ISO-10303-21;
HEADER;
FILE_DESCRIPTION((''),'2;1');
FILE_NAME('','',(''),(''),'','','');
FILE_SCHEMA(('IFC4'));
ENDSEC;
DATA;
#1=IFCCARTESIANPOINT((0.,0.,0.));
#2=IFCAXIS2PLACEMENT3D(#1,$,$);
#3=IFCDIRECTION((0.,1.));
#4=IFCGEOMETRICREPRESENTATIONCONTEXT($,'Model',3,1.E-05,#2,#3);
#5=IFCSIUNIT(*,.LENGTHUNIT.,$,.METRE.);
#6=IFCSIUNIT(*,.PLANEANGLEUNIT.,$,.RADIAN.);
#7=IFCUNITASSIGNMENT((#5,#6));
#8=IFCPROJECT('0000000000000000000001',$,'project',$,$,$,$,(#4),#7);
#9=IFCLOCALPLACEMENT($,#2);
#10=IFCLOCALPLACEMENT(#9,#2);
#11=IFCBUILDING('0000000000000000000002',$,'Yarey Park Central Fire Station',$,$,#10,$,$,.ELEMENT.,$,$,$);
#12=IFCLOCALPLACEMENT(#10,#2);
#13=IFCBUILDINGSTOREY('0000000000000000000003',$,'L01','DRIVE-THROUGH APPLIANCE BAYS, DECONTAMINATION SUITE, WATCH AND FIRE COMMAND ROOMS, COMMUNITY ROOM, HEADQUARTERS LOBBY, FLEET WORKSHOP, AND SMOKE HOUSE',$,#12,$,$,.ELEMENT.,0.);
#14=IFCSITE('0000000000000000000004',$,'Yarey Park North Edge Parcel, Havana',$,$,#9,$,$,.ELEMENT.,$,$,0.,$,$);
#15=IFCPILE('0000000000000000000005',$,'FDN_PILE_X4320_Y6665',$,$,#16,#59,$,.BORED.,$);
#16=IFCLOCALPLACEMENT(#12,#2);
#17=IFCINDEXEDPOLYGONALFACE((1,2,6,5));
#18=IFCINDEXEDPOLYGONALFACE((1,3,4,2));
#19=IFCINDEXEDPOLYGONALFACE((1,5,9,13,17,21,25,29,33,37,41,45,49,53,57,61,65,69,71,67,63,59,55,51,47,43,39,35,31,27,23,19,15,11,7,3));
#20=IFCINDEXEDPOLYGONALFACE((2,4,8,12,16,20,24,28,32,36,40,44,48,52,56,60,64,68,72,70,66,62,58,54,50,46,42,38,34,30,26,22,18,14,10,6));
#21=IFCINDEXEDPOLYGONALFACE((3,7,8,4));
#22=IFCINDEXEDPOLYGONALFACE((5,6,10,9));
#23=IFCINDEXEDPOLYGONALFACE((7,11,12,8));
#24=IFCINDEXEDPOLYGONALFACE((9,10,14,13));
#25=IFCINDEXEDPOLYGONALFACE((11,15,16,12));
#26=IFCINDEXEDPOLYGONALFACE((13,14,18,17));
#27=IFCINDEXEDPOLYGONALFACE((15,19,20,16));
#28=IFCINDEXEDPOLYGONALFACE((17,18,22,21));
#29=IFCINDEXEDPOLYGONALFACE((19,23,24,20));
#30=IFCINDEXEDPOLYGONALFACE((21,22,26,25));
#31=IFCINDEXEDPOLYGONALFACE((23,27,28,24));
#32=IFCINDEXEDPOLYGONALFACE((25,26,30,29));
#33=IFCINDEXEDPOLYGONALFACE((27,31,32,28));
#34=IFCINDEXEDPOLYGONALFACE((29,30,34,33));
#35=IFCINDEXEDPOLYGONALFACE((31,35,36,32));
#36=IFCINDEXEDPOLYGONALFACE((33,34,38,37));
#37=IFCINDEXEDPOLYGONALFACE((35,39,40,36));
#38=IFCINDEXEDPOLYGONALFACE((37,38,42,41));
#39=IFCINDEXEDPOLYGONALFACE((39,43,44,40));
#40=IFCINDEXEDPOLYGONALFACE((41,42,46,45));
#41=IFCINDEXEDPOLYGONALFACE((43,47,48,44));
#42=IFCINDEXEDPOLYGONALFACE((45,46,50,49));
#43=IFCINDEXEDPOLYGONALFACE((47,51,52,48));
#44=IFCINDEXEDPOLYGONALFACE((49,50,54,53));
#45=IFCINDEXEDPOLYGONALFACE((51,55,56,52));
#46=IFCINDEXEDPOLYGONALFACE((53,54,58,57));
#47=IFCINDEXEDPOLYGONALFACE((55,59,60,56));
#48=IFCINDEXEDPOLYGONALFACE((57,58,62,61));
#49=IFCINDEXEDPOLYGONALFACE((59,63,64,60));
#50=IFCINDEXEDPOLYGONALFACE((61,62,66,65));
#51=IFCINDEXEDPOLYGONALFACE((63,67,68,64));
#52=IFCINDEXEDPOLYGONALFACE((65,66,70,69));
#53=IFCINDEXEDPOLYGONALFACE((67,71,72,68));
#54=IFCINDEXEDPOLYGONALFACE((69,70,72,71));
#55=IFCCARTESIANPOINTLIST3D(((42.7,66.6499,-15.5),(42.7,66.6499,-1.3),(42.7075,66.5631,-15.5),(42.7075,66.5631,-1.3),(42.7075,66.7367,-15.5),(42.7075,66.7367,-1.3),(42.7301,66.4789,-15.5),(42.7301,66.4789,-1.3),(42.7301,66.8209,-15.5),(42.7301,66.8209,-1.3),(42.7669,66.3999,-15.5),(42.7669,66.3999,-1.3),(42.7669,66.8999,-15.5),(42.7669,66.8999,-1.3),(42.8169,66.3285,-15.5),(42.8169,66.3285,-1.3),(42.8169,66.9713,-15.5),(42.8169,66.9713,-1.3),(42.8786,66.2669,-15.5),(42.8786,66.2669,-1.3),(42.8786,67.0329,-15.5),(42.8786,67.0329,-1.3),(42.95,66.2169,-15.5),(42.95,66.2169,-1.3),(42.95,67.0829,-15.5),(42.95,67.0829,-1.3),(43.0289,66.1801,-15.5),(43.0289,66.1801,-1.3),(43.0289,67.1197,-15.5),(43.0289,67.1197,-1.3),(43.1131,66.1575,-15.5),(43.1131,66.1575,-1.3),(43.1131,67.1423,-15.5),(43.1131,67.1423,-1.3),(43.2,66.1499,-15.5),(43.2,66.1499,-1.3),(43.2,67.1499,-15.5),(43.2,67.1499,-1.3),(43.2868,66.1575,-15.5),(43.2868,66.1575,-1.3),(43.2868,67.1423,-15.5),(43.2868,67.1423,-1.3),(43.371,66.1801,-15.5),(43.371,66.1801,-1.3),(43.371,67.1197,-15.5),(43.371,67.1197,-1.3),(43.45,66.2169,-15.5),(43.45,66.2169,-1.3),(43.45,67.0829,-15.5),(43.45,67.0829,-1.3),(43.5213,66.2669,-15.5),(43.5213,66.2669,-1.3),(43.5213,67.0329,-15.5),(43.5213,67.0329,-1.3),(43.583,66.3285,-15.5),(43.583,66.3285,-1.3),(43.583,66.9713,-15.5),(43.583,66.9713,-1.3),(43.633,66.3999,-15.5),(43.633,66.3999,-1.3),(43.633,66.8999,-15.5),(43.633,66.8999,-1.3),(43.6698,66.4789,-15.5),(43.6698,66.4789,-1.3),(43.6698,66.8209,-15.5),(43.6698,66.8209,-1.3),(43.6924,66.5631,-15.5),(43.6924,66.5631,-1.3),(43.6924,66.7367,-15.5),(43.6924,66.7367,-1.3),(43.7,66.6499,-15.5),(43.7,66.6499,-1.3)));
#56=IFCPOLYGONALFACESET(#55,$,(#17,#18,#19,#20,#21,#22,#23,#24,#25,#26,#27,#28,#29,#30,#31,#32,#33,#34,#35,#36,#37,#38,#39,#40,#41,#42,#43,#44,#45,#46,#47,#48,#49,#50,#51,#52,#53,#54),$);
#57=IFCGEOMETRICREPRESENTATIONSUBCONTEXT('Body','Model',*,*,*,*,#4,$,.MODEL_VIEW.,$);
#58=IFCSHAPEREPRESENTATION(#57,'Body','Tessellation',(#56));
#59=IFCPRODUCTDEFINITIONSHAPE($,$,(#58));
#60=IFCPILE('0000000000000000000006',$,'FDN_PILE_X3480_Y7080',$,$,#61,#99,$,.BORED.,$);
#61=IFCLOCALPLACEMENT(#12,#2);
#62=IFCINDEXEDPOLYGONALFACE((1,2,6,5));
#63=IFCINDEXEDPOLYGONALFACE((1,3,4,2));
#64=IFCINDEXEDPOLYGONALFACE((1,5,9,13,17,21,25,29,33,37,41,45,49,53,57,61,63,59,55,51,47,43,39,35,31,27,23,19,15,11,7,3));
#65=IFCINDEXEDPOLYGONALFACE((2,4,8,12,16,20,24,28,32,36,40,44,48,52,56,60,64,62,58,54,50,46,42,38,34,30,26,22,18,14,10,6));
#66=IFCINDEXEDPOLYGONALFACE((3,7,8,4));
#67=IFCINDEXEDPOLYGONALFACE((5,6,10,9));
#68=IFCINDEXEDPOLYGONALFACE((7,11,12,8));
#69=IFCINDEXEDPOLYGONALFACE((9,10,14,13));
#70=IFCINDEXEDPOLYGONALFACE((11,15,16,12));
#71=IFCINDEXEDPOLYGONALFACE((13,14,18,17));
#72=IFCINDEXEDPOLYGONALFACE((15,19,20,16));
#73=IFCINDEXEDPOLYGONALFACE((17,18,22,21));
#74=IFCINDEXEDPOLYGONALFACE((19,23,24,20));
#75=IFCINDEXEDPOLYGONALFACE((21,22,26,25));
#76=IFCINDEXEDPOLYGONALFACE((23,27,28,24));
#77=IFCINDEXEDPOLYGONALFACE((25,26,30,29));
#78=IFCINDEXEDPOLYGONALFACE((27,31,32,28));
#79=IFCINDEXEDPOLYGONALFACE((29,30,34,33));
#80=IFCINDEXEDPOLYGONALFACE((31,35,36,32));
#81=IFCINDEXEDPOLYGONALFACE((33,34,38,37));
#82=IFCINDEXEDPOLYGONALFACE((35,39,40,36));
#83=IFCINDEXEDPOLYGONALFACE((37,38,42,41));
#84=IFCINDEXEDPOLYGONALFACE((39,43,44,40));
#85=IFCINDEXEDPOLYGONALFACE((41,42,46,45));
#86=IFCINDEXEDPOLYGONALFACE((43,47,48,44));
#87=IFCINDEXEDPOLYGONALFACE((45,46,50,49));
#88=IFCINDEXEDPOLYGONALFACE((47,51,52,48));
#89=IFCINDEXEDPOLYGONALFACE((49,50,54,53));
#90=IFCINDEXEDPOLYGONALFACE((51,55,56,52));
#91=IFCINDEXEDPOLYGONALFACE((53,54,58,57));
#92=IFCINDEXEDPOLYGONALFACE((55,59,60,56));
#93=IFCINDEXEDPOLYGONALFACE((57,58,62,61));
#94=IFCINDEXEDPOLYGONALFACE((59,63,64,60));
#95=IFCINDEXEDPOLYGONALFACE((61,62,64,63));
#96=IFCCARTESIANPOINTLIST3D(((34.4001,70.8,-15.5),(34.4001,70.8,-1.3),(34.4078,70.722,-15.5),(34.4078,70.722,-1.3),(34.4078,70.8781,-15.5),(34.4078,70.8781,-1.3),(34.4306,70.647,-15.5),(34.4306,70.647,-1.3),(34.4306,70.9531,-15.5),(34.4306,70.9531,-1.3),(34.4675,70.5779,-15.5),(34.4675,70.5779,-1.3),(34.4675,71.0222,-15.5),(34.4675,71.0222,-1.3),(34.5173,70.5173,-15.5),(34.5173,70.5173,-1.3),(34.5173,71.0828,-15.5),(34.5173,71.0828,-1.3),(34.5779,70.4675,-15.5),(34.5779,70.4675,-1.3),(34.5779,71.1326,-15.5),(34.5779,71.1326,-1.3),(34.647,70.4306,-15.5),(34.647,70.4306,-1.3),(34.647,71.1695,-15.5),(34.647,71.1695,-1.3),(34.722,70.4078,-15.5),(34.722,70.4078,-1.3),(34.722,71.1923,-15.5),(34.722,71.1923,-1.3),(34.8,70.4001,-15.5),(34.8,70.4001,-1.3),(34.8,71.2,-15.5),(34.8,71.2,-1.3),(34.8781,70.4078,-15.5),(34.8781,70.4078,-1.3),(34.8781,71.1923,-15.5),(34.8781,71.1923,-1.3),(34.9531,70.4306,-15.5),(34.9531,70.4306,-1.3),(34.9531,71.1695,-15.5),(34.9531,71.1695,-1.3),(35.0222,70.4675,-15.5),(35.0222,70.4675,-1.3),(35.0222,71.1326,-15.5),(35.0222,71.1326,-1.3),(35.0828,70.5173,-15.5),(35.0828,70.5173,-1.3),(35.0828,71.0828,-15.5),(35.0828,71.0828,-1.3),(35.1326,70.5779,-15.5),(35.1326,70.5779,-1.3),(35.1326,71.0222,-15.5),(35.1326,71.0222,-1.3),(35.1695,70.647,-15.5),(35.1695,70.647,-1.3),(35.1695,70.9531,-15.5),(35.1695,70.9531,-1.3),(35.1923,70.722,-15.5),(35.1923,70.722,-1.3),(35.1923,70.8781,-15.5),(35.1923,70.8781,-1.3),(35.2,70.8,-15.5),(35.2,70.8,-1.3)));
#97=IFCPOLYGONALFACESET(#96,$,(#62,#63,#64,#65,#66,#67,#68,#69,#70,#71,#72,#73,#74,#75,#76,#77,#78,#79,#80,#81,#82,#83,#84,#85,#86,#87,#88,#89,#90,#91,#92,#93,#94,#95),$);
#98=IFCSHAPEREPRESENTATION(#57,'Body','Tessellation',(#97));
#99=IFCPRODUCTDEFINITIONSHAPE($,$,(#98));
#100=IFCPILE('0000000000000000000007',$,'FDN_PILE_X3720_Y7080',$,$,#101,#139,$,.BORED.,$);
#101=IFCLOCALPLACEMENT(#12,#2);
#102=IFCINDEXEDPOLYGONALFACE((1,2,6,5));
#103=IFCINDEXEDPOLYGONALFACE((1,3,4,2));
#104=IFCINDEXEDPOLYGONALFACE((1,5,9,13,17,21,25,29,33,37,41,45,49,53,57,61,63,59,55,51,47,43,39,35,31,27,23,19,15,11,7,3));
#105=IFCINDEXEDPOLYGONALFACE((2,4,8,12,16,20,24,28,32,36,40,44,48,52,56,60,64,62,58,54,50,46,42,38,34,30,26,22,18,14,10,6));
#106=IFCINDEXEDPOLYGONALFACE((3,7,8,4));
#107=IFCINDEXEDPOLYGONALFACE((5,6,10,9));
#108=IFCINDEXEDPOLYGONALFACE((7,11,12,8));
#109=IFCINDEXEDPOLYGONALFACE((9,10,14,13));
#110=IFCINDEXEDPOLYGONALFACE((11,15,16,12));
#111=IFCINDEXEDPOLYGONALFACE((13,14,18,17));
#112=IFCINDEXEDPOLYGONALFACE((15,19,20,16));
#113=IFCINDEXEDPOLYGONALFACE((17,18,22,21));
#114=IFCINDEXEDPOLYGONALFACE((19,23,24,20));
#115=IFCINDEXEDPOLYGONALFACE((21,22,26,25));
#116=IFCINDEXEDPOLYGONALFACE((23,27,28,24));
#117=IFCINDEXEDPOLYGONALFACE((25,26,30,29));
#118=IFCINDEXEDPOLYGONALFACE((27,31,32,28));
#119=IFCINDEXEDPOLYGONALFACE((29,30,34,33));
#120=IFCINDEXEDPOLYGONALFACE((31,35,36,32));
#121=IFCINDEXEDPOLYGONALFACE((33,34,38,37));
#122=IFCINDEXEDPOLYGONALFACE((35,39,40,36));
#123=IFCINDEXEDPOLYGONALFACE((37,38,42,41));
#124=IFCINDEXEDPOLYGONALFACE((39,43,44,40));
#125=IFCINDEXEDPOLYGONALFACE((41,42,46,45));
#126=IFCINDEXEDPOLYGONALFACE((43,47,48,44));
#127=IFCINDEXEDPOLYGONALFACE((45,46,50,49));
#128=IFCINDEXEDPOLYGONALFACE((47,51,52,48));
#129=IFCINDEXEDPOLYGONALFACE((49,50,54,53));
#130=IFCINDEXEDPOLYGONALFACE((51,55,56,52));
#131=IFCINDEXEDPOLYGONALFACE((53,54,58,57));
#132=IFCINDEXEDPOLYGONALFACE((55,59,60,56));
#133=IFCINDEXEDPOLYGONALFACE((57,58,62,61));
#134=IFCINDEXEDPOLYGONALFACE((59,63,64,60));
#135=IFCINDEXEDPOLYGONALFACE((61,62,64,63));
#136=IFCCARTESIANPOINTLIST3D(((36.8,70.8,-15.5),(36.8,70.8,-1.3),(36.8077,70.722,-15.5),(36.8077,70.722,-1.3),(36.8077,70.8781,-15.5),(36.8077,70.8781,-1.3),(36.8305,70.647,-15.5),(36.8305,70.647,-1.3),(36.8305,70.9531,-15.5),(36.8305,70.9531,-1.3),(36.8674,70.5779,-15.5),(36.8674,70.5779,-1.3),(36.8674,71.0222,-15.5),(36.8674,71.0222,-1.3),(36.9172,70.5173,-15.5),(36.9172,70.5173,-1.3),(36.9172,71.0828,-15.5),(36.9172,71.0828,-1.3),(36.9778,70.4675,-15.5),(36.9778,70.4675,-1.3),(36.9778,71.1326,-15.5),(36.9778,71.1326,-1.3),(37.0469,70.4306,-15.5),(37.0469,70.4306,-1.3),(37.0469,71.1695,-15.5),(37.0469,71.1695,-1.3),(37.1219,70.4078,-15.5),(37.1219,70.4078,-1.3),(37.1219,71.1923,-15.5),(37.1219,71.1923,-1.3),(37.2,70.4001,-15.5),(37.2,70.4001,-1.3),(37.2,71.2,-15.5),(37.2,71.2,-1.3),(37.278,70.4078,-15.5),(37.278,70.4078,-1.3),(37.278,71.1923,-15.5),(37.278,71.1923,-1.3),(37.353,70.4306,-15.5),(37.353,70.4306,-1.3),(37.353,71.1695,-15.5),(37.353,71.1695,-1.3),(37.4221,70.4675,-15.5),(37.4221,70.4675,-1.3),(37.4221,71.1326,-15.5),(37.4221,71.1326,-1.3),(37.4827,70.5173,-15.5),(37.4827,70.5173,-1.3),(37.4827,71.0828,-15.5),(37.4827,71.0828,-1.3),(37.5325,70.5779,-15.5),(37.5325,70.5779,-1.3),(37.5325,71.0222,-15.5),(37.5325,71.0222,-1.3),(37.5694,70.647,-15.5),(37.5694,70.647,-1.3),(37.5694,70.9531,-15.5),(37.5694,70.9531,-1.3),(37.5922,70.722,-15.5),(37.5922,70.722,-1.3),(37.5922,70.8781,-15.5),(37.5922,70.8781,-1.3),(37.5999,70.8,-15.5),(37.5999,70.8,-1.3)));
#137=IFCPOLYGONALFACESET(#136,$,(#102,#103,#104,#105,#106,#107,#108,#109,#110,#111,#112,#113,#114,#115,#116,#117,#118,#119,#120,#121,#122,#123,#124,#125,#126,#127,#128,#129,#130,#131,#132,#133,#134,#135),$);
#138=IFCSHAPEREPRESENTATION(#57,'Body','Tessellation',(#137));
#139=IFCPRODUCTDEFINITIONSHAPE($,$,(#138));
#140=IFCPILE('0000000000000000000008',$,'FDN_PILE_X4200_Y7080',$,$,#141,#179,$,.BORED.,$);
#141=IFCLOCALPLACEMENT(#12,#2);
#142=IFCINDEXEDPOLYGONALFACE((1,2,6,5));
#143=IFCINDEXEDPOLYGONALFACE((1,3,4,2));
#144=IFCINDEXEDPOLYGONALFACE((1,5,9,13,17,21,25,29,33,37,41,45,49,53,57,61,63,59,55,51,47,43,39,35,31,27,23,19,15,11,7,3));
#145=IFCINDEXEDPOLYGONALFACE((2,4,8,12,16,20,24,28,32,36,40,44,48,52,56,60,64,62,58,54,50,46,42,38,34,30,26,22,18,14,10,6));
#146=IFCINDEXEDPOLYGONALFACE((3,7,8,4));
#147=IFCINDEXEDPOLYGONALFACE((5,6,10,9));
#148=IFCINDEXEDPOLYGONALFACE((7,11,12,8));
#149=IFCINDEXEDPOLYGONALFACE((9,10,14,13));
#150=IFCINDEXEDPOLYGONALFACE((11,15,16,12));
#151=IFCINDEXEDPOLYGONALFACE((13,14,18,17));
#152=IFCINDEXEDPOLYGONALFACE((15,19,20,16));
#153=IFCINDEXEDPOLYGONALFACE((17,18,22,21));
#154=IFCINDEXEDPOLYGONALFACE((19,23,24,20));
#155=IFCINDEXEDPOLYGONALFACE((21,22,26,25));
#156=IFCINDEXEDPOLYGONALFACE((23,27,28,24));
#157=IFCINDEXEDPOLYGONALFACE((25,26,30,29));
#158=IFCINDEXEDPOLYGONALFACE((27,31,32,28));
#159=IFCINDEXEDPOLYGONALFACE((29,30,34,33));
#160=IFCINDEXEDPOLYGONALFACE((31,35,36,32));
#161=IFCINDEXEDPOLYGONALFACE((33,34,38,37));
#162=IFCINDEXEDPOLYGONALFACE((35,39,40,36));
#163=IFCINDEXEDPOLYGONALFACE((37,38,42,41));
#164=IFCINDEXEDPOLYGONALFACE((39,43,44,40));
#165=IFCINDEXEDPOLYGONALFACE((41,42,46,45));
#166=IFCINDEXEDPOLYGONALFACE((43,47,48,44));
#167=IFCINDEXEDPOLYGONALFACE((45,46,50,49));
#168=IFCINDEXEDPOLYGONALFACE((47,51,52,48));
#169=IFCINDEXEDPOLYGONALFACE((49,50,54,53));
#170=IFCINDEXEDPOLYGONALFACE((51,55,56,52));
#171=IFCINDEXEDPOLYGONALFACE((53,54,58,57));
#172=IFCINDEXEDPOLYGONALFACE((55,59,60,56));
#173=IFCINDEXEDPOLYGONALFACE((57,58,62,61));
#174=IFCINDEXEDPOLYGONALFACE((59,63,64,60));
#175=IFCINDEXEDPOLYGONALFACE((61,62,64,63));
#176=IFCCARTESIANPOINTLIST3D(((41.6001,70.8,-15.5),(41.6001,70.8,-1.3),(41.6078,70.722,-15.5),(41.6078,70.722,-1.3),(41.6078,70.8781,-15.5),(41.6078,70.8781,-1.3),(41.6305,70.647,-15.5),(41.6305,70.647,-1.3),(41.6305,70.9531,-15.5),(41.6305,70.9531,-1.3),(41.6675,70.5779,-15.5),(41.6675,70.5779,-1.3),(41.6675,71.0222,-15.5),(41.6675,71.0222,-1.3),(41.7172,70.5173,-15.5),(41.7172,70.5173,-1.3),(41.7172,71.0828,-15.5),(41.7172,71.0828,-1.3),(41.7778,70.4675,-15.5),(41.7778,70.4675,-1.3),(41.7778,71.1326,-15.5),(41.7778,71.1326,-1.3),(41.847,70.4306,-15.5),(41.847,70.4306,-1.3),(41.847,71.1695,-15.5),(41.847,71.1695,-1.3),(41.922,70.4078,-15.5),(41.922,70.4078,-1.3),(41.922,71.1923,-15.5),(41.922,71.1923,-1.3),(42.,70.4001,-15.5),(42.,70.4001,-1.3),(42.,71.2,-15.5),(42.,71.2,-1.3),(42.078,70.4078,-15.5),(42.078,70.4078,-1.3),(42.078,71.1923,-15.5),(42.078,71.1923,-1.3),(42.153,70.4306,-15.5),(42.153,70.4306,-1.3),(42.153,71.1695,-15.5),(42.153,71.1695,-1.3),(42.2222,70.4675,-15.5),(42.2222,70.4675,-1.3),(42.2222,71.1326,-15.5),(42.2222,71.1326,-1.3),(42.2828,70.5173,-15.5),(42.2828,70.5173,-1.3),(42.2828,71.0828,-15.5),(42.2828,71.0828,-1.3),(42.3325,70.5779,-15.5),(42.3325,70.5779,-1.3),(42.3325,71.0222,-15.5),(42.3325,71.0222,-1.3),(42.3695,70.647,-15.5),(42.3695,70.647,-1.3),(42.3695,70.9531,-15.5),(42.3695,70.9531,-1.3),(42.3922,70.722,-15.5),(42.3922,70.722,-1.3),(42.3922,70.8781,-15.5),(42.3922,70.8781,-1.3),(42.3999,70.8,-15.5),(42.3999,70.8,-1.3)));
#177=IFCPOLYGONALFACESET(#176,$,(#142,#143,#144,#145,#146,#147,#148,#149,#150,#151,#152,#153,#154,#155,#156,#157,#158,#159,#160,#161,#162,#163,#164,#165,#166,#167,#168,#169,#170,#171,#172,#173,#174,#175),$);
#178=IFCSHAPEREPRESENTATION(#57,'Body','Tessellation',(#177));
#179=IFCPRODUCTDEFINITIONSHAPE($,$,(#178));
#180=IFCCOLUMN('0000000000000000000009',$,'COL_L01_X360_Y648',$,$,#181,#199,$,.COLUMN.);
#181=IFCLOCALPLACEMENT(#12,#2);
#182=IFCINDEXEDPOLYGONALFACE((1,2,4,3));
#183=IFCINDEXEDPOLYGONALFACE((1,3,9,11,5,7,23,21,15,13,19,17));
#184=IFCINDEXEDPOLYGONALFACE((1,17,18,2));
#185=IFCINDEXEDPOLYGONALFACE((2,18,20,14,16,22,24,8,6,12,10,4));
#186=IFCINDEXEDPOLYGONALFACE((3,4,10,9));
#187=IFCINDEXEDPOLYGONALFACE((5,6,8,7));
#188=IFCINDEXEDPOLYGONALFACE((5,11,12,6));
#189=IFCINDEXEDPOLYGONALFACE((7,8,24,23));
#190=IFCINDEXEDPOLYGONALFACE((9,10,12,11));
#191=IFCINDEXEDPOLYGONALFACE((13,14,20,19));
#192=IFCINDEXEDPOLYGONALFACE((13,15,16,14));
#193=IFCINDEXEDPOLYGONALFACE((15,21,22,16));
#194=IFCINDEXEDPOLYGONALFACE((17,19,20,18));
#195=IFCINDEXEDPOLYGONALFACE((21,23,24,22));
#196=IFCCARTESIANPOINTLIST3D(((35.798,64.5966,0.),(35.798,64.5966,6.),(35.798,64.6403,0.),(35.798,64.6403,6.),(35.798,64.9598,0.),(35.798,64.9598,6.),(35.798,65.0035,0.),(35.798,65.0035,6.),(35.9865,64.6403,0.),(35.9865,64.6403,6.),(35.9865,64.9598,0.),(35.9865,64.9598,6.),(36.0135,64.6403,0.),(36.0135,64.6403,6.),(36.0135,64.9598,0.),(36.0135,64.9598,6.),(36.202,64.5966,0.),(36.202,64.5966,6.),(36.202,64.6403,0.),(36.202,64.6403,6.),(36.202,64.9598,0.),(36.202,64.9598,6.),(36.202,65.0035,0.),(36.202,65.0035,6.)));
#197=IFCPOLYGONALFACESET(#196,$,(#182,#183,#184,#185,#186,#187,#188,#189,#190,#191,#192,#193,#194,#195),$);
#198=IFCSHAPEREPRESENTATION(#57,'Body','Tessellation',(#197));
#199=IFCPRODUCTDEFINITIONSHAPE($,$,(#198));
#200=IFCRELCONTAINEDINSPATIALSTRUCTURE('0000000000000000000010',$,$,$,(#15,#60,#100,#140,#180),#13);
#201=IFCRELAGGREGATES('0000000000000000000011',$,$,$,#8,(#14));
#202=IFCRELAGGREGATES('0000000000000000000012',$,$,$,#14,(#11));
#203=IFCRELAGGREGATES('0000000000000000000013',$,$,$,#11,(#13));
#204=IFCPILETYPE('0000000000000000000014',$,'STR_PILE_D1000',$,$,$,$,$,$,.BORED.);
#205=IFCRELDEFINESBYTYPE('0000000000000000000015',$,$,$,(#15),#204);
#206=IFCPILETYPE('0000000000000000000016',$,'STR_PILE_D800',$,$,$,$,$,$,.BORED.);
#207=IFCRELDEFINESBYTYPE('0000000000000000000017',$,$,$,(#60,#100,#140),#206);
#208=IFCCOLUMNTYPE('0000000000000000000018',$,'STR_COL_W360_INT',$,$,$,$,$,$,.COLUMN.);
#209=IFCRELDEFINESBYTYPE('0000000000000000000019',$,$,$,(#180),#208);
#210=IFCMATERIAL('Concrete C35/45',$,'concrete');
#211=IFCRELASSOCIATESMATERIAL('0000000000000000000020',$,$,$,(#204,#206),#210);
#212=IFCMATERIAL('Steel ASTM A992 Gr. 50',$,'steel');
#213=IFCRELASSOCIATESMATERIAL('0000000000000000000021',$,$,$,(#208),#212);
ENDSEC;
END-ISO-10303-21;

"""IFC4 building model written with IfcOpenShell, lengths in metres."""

from ifc_helpers import new_model, si_unit, direction, frame, origin, origin_2d, place, context, subcontext, project, spatial, circle, i_section, extrude, material, material_profile, profile_set, type_object, element, save


model = new_model("IFC4")

# Units and contexts
model_context = context("Model", 3, precision=1e-05, world=origin(), true_north=direction((0.0, 1.0)))
body_context = subcontext(model_context, "Body", "Model", "MODEL_VIEW")
ifc_project = project(units=[si_unit("LENGTHUNIT", "METRE"), si_unit("PLANEANGLEUNIT", "RADIAN")], contexts=[model_context])

# Site, building, storey
site_placement = place(None, origin())
site = spatial("IfcSite", under=ifc_project, at=site_placement, Name="Yarey Park North Edge Parcel, Havana", CompositionType="ELEMENT", RefElevation=0.0)
building_placement = place(site_placement, origin())
building = spatial("IfcBuilding", under=site, at=building_placement, Name="Yarey Park Central Fire Station", CompositionType="ELEMENT")
storey_placement = place(building_placement, origin())
storey = spatial("IfcBuildingStorey", under=building, at=storey_placement, Name="L01", Description="DRIVE-THROUGH APPLIANCE BAYS, DECONTAMINATION SUITE, WATCH AND FIRE COMMAND ROOMS, COMMUNITY ROOM, HEADQUARTERS LOBBY, FLEET WORKSHOP, AND SMOKE HOUSE", CompositionType="ELEMENT", Elevation=0.0)

# Shared definitions
ifc_material_1 = material(Name="Concrete C35/45", Category="concrete")

# Piles
ifc_material_profile_1 = material_profile(ifc_material_1, circle(Radius=0.5, at=origin_2d()), Name="BORED PILE D1000")
ifc_profile_set_1 = profile_set([ifc_material_profile_1], Name="Concrete C35/45")
pile_type_1 = type_object("IfcPileType", Name="STR_PILE_D1000", PredefinedType="BORED", material=ifc_profile_set_1)
for number, where, z_axis, x_axis, name in (
    (1, (43.2, 66.6499, -1.3), (0.0, 0.0, -1.0), (1.0, 0.0, 0.0), "FDN_PILE_X4320_Y6665"),
):
    element("IfcPile", number, at=place(storey_placement, frame(where, z_axis=z_axis, x_axis=x_axis)), inside=storey, type_object=pile_type_1, Name=name, PredefinedType="BORED", context=body_context, shape_type="SweptSolid", body=[
        extrude(circle(Radius=0.5, at=origin_2d()), origin(), (0.0, 0.0, 1.0), 14.2),
    ])
ifc_material_profile_2 = material_profile(ifc_material_1, circle(Radius=0.3999, at=origin_2d()), Name="BORED PILE D800")
ifc_profile_set_2 = profile_set([ifc_material_profile_2], Name="Concrete C35/45")
pile_type_2 = type_object("IfcPileType", Name="STR_PILE_D800", PredefinedType="BORED", material=ifc_profile_set_2)
for number, where, z_axis, x_axis, name in (
    (2, (34.8, 70.8, -1.3), (0.0, 0.0, -1.0), (1.0, 0.0, 0.0), "FDN_PILE_X3480_Y7080"),
    (3, (37.2, 70.8, -1.3), (0.0, 0.0, -1.0), (1.0, 0.0, 0.0), "FDN_PILE_X3720_Y7080"),
    (4, (42.0, 70.8, -1.3), (0.0, 0.0, -1.0), (1.0, 0.0, 0.0), "FDN_PILE_X4200_Y7080"),
):
    element("IfcPile", number, at=place(storey_placement, frame(where, z_axis=z_axis, x_axis=x_axis)), inside=storey, type_object=pile_type_2, Name=name, PredefinedType="BORED", context=body_context, shape_type="SweptSolid", body=[
        extrude(circle(Radius=0.3999, at=origin_2d()), origin(), (0.0, 0.0, 1.0), 14.2),
    ])

# Column
ifc_material_2 = material(Name="Steel ASTM A992 Gr. 50", Category="steel")
ifc_material_profile_3 = material_profile(ifc_material_2, i_section(OverallWidth=0.4041, OverallDepth=0.407, WebThickness=0.0271, FlangeThickness=0.0437, at=origin_2d()), Name="W360x347")
ifc_profile_set_3 = profile_set([ifc_material_profile_3], Name="Steel ASTM A992 Gr. 50")
column_type = type_object("IfcColumnType", Name="STR_COL_W360_INT", PredefinedType="COLUMN", material=ifc_profile_set_3)
for number, where, z_axis, x_axis, name in (
    (5, (36.0, 64.8, 0.0), (0.0, 0.0, 1.0), (1.0, 0.0, 0.0), "COL_L01_X360_Y648"),
):
    element("IfcColumn", number, at=place(storey_placement, frame(where, z_axis=z_axis, x_axis=x_axis)), inside=storey, type_object=column_type, Name=name, PredefinedType="COLUMN", context=body_context, shape_type="SweptSolid", body=[
        extrude(i_section(OverallWidth=0.4041, OverallDepth=0.407, WebThickness=0.0271, FlangeThickness=0.0437, at=origin_2d()), origin(), (0.0, 0.0, 1.0), 6.0),
    ])

save(model, "model.ifc")
